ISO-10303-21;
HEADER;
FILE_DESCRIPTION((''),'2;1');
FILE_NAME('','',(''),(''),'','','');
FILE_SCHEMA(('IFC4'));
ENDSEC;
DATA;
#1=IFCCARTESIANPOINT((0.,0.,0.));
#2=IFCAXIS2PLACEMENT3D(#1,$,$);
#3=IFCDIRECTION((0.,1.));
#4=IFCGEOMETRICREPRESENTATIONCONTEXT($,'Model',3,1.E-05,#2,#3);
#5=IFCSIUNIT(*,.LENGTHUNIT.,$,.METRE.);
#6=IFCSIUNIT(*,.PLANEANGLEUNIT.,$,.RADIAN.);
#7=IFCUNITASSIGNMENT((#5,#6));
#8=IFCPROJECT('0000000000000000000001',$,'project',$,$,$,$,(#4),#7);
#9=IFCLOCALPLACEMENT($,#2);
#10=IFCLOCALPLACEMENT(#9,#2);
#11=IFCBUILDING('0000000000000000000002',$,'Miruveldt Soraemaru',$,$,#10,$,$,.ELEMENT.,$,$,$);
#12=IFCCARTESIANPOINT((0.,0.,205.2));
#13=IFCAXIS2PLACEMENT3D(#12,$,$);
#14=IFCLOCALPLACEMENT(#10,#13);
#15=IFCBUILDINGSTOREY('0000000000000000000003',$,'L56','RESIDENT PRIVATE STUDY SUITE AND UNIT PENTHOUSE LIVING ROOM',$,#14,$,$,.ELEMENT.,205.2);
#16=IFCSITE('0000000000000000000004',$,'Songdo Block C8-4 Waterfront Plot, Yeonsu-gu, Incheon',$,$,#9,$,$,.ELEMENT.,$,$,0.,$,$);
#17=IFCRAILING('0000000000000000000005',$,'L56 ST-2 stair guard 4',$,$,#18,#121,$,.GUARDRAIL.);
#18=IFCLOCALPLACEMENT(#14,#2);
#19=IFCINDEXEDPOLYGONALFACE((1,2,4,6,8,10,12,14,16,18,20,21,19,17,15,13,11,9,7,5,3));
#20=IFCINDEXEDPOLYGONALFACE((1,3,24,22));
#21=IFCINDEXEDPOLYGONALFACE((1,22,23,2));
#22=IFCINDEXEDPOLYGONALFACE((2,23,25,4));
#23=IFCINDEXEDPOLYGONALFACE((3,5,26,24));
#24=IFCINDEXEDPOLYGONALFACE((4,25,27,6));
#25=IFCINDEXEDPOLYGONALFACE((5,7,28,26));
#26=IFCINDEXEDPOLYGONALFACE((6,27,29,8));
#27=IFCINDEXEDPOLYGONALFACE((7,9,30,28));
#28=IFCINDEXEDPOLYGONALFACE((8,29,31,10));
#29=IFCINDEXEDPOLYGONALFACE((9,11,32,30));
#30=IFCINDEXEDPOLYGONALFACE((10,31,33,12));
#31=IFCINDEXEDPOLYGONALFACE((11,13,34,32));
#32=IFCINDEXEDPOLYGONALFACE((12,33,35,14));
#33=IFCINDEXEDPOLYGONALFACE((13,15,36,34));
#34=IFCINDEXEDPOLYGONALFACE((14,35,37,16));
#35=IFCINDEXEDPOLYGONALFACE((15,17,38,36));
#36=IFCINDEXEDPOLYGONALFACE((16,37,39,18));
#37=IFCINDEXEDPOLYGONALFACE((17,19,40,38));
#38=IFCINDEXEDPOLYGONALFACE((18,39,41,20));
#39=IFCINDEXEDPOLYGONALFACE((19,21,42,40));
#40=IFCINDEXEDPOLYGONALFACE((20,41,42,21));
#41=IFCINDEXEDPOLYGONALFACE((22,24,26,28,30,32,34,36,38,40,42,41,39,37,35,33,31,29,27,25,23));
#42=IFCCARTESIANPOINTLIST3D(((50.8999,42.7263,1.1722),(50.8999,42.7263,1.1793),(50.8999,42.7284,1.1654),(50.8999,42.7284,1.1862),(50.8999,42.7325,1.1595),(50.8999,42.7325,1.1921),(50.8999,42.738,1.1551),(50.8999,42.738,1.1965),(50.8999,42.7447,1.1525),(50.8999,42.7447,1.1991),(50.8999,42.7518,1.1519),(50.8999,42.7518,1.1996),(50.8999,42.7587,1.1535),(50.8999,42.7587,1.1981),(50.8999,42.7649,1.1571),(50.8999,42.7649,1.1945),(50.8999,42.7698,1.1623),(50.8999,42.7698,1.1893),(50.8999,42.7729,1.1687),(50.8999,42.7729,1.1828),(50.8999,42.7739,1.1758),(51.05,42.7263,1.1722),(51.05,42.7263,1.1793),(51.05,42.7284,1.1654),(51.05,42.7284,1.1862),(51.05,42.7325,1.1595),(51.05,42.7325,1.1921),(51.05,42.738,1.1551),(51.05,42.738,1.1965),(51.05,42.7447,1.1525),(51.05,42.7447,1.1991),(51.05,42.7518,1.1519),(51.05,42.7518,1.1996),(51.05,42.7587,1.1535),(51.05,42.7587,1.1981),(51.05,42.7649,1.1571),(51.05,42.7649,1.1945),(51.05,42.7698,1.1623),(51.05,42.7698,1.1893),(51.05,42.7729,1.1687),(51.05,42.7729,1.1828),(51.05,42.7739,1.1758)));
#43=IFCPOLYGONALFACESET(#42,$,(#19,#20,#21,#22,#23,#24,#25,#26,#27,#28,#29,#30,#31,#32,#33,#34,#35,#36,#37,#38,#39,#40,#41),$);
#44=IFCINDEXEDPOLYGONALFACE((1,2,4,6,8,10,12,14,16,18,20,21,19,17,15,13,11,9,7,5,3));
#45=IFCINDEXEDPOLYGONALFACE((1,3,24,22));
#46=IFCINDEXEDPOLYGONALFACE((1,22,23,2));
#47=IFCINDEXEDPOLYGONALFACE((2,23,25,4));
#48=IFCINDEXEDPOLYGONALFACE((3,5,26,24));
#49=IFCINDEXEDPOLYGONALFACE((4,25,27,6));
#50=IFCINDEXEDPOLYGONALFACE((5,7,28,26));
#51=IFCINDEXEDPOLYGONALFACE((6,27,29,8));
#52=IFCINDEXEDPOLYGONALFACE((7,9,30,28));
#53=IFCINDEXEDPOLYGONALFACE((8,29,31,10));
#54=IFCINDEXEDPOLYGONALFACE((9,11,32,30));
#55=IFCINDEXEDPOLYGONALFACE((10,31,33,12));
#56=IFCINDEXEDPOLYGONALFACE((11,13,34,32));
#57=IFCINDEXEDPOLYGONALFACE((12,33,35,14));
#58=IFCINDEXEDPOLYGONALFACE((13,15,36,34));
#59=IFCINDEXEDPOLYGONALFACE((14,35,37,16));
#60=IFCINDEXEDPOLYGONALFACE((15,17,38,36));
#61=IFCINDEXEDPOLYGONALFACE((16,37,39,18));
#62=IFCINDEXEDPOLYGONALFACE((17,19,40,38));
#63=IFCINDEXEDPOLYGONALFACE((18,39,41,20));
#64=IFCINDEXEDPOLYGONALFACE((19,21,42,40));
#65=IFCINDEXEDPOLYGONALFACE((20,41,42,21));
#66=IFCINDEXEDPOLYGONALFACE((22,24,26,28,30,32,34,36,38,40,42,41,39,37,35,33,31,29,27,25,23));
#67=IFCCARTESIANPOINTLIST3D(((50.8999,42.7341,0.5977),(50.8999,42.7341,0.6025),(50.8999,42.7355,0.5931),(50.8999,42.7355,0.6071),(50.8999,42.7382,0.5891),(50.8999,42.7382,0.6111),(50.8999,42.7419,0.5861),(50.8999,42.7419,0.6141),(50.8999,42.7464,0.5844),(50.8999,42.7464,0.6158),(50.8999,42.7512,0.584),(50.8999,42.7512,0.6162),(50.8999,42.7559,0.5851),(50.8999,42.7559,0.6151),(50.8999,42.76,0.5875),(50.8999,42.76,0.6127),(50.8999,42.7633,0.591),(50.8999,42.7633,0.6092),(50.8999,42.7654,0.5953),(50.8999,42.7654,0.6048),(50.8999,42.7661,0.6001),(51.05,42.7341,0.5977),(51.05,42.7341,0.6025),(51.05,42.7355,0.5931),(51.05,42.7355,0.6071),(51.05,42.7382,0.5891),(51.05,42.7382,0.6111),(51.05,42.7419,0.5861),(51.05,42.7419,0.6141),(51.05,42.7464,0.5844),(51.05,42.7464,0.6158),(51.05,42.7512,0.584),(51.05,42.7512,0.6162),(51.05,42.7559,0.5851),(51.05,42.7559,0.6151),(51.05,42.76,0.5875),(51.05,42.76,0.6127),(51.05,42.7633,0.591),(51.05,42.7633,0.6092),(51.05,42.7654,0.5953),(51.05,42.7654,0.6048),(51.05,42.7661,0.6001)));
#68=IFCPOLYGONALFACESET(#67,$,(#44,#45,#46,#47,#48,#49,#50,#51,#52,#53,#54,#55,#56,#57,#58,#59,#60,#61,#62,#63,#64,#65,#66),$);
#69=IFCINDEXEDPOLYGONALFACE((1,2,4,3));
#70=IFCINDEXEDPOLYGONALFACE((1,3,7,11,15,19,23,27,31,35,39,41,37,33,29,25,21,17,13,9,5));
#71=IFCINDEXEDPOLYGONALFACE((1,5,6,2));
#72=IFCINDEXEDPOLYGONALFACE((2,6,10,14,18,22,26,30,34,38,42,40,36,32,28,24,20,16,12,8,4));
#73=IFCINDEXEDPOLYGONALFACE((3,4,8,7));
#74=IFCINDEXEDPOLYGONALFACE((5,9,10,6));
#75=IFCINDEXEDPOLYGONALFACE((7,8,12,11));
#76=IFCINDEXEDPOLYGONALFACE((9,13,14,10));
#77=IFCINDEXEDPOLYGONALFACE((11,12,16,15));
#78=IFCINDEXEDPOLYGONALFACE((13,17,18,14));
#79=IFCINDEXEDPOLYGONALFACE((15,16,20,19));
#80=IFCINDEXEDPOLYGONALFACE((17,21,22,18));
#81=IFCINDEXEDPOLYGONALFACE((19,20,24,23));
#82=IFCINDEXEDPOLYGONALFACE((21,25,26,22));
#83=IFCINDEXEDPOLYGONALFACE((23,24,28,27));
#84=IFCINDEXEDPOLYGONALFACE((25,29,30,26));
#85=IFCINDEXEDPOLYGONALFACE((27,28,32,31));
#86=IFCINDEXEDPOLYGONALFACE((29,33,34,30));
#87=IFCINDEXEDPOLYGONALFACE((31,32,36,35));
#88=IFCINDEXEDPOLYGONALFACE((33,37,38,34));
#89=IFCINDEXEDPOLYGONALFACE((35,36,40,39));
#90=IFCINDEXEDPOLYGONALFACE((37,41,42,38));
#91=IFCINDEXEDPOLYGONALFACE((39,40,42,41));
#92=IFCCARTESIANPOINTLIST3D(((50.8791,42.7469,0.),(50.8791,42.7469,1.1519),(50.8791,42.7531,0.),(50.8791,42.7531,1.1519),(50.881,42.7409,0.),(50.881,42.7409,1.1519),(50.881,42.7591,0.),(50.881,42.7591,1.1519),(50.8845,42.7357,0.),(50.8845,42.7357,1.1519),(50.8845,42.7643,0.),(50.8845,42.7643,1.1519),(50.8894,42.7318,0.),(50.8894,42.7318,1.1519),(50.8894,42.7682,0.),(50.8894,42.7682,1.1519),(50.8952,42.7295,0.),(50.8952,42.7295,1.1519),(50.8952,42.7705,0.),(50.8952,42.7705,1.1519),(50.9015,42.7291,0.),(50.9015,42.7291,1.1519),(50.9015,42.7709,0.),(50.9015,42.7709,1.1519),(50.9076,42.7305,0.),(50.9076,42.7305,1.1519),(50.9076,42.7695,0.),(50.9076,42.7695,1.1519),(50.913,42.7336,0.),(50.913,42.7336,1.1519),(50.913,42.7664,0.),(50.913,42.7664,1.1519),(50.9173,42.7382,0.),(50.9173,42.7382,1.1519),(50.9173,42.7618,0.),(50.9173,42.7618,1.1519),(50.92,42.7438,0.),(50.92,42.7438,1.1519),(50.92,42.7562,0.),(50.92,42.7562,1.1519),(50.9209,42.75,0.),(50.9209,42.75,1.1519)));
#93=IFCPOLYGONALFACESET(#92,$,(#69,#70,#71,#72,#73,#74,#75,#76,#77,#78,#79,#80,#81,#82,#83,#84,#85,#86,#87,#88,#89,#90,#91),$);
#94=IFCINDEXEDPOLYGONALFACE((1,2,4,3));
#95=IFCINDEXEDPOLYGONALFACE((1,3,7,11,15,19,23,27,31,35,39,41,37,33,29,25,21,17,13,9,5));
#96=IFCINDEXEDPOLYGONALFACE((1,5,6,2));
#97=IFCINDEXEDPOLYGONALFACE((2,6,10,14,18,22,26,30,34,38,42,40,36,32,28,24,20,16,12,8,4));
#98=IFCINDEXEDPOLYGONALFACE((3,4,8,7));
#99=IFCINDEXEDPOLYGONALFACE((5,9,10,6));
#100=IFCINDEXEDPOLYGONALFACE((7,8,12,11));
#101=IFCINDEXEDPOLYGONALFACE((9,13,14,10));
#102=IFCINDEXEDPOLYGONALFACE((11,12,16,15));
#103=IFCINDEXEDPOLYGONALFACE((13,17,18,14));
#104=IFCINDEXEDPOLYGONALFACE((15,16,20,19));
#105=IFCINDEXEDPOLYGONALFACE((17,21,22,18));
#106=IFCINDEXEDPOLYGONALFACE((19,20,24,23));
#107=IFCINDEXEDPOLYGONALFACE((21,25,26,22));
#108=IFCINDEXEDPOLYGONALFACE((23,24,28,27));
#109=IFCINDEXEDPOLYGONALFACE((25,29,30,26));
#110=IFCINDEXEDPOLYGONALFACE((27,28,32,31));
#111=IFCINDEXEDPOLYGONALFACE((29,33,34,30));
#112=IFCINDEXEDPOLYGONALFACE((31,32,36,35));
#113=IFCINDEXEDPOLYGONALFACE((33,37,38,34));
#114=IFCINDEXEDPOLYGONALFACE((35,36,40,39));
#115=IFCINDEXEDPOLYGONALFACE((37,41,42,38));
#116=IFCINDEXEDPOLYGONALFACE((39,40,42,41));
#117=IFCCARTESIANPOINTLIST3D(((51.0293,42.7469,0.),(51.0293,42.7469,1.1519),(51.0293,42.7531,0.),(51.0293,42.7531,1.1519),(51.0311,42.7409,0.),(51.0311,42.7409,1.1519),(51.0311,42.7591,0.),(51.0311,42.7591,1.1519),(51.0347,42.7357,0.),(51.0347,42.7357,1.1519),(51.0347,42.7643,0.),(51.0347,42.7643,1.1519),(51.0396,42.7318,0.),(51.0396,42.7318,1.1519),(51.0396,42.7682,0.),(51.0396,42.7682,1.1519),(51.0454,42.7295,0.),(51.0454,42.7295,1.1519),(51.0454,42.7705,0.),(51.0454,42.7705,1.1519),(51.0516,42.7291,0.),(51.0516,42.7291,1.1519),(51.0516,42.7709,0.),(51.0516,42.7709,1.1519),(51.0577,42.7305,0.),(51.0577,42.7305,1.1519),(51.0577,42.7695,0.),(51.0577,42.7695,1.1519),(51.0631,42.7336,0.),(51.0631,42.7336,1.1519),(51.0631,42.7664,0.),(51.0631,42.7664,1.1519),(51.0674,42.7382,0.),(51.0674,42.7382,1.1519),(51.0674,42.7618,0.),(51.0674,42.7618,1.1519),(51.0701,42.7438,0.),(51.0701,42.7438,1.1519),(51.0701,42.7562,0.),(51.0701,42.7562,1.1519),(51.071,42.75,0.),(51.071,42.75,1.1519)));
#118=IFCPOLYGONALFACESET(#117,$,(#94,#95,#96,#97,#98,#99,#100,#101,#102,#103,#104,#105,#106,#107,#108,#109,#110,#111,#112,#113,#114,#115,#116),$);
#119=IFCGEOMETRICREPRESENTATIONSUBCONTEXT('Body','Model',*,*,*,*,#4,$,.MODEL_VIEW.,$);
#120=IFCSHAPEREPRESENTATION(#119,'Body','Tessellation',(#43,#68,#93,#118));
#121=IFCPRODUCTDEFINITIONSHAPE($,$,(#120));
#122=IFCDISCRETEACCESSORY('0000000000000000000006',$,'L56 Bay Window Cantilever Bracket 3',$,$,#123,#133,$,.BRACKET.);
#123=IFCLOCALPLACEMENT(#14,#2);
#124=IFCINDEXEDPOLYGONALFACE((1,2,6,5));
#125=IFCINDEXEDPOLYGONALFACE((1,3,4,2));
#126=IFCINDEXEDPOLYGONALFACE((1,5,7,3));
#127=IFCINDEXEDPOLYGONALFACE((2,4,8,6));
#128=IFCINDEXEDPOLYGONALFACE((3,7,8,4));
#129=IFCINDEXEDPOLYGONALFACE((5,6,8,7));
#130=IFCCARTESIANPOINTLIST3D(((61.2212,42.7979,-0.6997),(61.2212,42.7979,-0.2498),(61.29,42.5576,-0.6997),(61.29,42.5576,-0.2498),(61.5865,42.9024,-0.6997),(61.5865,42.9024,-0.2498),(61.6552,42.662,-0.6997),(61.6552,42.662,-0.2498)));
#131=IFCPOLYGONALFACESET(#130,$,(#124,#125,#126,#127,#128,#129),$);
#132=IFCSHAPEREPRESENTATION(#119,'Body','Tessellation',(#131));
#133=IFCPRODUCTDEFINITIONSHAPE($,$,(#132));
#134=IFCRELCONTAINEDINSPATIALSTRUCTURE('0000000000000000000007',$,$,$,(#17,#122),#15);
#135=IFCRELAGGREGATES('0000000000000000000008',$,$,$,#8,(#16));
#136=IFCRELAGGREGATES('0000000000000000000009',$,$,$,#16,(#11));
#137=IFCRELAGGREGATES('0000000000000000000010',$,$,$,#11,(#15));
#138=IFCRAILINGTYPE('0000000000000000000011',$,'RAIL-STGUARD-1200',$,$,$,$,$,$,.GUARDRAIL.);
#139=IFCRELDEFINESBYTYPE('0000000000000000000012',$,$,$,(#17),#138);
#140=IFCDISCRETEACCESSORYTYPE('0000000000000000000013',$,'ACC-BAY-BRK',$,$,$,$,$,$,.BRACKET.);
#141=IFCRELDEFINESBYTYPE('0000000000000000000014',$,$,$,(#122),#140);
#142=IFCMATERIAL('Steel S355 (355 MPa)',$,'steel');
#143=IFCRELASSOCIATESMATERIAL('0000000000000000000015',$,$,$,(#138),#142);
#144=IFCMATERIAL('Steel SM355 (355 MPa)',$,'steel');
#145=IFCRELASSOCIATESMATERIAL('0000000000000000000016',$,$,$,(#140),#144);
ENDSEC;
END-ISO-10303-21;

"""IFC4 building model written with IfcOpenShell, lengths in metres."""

from ifc_helpers import new_model, si_unit, direction, frame, origin, origin_2d, place, context, subcontext, project, spatial, rectangle, circle, extrude, material, type_object, element, save


model = new_model("IFC4")

# Units and contexts
model_context = context("Model", 3, precision=1e-05, world=origin(), true_north=direction((0.0, 1.0)))
body_context = subcontext(model_context, "Body", "Model", "MODEL_VIEW")
ifc_project = project(units=[si_unit("LENGTHUNIT", "METRE"), si_unit("PLANEANGLEUNIT", "RADIAN")], contexts=[model_context])

# Site, building, storey
site_placement = place(None, origin())
site = spatial("IfcSite", under=ifc_project, at=site_placement, Name="Songdo Block C8-4 Waterfront Plot, Yeonsu-gu, Incheon", CompositionType="ELEMENT", RefElevation=0.0)
building_placement = place(site_placement, origin())
building = spatial("IfcBuilding", under=site, at=building_placement, Name="Miruveldt Soraemaru", CompositionType="ELEMENT")
storey_placement = place(building_placement, frame((0.0, 0.0, 205.2)))
storey = spatial("IfcBuildingStorey", under=building, at=storey_placement, Name="L56", Description="RESIDENT PRIVATE STUDY SUITE AND UNIT PENTHOUSE LIVING ROOM", CompositionType="ELEMENT", Elevation=205.2)

# Railing
ifc_material_1 = material(Name="Steel S355 (355 MPa)", Category="steel")
railing_type_1 = type_object("IfcRailingType", Name="RAIL-STGUARD-1200", PredefinedType="GUARDRAIL", material=ifc_material_1)
railing_1_placement = place(storey_placement, frame((50.8999, 42.75, 0.0)))
element("IfcRailing", 1, at=railing_1_placement, inside=storey, type_object=railing_type_1, Name="L56 ST-2 stair guard 4", PredefinedType="GUARDRAIL", context=body_context, shape_type="SweptSolid", body=[
    extrude(circle(Radius=0.0239, at=origin_2d()), frame((0.0, 0.0, 1.1758), z_axis=(1.0, 0.0, 0.0), x_axis=(0.0, 1.0, 0.0)), (0.0, 0.0, 1.0), 0.1501),
    extrude(circle(Radius=0.0161, at=origin_2d()), frame((0.0, 0.0, 0.6001), z_axis=(1.0, 0.0, 0.0), x_axis=(0.0, 1.0, 0.0)), (0.0, 0.0, 1.0), 0.1501),
    extrude(circle(Radius=0.021, at=origin_2d()), origin(), (0.0, 0.0, 1.0), 1.1519),
    extrude(circle(Radius=0.021, at=origin_2d()), frame((0.1501, 0.0, 0.0)), (0.0, 0.0, 1.0), 1.1519),
])

# Discrete accessory
ifc_material_2 = material(Name="Steel SM355 (355 MPa)", Category="steel")
discrete_accessory_type = type_object("IfcDiscreteAccessoryType", Name="ACC-BAY-BRK", PredefinedType="BRACKET", material=ifc_material_2)
discrete_accessory_placement = place(storey_placement, frame((61.4382, 42.73, -0.6997), z_axis=(0.0, 0.0, 1.0), x_axis=(0.961449, 0.274983, 0.0)))
element("IfcDiscreteAccessory", 2, at=discrete_accessory_placement, inside=storey, type_object=discrete_accessory_type, Name="L56 Bay Window Cantilever Bracket 3", PredefinedType="BRACKET", context=body_context, shape_type="SweptSolid", body=[
    extrude(rectangle(XDim=0.3799, YDim=0.25, at=origin_2d()), origin(), (0.0, 0.0, 1.0), 0.45),
])

save(model, "model.ifc")
